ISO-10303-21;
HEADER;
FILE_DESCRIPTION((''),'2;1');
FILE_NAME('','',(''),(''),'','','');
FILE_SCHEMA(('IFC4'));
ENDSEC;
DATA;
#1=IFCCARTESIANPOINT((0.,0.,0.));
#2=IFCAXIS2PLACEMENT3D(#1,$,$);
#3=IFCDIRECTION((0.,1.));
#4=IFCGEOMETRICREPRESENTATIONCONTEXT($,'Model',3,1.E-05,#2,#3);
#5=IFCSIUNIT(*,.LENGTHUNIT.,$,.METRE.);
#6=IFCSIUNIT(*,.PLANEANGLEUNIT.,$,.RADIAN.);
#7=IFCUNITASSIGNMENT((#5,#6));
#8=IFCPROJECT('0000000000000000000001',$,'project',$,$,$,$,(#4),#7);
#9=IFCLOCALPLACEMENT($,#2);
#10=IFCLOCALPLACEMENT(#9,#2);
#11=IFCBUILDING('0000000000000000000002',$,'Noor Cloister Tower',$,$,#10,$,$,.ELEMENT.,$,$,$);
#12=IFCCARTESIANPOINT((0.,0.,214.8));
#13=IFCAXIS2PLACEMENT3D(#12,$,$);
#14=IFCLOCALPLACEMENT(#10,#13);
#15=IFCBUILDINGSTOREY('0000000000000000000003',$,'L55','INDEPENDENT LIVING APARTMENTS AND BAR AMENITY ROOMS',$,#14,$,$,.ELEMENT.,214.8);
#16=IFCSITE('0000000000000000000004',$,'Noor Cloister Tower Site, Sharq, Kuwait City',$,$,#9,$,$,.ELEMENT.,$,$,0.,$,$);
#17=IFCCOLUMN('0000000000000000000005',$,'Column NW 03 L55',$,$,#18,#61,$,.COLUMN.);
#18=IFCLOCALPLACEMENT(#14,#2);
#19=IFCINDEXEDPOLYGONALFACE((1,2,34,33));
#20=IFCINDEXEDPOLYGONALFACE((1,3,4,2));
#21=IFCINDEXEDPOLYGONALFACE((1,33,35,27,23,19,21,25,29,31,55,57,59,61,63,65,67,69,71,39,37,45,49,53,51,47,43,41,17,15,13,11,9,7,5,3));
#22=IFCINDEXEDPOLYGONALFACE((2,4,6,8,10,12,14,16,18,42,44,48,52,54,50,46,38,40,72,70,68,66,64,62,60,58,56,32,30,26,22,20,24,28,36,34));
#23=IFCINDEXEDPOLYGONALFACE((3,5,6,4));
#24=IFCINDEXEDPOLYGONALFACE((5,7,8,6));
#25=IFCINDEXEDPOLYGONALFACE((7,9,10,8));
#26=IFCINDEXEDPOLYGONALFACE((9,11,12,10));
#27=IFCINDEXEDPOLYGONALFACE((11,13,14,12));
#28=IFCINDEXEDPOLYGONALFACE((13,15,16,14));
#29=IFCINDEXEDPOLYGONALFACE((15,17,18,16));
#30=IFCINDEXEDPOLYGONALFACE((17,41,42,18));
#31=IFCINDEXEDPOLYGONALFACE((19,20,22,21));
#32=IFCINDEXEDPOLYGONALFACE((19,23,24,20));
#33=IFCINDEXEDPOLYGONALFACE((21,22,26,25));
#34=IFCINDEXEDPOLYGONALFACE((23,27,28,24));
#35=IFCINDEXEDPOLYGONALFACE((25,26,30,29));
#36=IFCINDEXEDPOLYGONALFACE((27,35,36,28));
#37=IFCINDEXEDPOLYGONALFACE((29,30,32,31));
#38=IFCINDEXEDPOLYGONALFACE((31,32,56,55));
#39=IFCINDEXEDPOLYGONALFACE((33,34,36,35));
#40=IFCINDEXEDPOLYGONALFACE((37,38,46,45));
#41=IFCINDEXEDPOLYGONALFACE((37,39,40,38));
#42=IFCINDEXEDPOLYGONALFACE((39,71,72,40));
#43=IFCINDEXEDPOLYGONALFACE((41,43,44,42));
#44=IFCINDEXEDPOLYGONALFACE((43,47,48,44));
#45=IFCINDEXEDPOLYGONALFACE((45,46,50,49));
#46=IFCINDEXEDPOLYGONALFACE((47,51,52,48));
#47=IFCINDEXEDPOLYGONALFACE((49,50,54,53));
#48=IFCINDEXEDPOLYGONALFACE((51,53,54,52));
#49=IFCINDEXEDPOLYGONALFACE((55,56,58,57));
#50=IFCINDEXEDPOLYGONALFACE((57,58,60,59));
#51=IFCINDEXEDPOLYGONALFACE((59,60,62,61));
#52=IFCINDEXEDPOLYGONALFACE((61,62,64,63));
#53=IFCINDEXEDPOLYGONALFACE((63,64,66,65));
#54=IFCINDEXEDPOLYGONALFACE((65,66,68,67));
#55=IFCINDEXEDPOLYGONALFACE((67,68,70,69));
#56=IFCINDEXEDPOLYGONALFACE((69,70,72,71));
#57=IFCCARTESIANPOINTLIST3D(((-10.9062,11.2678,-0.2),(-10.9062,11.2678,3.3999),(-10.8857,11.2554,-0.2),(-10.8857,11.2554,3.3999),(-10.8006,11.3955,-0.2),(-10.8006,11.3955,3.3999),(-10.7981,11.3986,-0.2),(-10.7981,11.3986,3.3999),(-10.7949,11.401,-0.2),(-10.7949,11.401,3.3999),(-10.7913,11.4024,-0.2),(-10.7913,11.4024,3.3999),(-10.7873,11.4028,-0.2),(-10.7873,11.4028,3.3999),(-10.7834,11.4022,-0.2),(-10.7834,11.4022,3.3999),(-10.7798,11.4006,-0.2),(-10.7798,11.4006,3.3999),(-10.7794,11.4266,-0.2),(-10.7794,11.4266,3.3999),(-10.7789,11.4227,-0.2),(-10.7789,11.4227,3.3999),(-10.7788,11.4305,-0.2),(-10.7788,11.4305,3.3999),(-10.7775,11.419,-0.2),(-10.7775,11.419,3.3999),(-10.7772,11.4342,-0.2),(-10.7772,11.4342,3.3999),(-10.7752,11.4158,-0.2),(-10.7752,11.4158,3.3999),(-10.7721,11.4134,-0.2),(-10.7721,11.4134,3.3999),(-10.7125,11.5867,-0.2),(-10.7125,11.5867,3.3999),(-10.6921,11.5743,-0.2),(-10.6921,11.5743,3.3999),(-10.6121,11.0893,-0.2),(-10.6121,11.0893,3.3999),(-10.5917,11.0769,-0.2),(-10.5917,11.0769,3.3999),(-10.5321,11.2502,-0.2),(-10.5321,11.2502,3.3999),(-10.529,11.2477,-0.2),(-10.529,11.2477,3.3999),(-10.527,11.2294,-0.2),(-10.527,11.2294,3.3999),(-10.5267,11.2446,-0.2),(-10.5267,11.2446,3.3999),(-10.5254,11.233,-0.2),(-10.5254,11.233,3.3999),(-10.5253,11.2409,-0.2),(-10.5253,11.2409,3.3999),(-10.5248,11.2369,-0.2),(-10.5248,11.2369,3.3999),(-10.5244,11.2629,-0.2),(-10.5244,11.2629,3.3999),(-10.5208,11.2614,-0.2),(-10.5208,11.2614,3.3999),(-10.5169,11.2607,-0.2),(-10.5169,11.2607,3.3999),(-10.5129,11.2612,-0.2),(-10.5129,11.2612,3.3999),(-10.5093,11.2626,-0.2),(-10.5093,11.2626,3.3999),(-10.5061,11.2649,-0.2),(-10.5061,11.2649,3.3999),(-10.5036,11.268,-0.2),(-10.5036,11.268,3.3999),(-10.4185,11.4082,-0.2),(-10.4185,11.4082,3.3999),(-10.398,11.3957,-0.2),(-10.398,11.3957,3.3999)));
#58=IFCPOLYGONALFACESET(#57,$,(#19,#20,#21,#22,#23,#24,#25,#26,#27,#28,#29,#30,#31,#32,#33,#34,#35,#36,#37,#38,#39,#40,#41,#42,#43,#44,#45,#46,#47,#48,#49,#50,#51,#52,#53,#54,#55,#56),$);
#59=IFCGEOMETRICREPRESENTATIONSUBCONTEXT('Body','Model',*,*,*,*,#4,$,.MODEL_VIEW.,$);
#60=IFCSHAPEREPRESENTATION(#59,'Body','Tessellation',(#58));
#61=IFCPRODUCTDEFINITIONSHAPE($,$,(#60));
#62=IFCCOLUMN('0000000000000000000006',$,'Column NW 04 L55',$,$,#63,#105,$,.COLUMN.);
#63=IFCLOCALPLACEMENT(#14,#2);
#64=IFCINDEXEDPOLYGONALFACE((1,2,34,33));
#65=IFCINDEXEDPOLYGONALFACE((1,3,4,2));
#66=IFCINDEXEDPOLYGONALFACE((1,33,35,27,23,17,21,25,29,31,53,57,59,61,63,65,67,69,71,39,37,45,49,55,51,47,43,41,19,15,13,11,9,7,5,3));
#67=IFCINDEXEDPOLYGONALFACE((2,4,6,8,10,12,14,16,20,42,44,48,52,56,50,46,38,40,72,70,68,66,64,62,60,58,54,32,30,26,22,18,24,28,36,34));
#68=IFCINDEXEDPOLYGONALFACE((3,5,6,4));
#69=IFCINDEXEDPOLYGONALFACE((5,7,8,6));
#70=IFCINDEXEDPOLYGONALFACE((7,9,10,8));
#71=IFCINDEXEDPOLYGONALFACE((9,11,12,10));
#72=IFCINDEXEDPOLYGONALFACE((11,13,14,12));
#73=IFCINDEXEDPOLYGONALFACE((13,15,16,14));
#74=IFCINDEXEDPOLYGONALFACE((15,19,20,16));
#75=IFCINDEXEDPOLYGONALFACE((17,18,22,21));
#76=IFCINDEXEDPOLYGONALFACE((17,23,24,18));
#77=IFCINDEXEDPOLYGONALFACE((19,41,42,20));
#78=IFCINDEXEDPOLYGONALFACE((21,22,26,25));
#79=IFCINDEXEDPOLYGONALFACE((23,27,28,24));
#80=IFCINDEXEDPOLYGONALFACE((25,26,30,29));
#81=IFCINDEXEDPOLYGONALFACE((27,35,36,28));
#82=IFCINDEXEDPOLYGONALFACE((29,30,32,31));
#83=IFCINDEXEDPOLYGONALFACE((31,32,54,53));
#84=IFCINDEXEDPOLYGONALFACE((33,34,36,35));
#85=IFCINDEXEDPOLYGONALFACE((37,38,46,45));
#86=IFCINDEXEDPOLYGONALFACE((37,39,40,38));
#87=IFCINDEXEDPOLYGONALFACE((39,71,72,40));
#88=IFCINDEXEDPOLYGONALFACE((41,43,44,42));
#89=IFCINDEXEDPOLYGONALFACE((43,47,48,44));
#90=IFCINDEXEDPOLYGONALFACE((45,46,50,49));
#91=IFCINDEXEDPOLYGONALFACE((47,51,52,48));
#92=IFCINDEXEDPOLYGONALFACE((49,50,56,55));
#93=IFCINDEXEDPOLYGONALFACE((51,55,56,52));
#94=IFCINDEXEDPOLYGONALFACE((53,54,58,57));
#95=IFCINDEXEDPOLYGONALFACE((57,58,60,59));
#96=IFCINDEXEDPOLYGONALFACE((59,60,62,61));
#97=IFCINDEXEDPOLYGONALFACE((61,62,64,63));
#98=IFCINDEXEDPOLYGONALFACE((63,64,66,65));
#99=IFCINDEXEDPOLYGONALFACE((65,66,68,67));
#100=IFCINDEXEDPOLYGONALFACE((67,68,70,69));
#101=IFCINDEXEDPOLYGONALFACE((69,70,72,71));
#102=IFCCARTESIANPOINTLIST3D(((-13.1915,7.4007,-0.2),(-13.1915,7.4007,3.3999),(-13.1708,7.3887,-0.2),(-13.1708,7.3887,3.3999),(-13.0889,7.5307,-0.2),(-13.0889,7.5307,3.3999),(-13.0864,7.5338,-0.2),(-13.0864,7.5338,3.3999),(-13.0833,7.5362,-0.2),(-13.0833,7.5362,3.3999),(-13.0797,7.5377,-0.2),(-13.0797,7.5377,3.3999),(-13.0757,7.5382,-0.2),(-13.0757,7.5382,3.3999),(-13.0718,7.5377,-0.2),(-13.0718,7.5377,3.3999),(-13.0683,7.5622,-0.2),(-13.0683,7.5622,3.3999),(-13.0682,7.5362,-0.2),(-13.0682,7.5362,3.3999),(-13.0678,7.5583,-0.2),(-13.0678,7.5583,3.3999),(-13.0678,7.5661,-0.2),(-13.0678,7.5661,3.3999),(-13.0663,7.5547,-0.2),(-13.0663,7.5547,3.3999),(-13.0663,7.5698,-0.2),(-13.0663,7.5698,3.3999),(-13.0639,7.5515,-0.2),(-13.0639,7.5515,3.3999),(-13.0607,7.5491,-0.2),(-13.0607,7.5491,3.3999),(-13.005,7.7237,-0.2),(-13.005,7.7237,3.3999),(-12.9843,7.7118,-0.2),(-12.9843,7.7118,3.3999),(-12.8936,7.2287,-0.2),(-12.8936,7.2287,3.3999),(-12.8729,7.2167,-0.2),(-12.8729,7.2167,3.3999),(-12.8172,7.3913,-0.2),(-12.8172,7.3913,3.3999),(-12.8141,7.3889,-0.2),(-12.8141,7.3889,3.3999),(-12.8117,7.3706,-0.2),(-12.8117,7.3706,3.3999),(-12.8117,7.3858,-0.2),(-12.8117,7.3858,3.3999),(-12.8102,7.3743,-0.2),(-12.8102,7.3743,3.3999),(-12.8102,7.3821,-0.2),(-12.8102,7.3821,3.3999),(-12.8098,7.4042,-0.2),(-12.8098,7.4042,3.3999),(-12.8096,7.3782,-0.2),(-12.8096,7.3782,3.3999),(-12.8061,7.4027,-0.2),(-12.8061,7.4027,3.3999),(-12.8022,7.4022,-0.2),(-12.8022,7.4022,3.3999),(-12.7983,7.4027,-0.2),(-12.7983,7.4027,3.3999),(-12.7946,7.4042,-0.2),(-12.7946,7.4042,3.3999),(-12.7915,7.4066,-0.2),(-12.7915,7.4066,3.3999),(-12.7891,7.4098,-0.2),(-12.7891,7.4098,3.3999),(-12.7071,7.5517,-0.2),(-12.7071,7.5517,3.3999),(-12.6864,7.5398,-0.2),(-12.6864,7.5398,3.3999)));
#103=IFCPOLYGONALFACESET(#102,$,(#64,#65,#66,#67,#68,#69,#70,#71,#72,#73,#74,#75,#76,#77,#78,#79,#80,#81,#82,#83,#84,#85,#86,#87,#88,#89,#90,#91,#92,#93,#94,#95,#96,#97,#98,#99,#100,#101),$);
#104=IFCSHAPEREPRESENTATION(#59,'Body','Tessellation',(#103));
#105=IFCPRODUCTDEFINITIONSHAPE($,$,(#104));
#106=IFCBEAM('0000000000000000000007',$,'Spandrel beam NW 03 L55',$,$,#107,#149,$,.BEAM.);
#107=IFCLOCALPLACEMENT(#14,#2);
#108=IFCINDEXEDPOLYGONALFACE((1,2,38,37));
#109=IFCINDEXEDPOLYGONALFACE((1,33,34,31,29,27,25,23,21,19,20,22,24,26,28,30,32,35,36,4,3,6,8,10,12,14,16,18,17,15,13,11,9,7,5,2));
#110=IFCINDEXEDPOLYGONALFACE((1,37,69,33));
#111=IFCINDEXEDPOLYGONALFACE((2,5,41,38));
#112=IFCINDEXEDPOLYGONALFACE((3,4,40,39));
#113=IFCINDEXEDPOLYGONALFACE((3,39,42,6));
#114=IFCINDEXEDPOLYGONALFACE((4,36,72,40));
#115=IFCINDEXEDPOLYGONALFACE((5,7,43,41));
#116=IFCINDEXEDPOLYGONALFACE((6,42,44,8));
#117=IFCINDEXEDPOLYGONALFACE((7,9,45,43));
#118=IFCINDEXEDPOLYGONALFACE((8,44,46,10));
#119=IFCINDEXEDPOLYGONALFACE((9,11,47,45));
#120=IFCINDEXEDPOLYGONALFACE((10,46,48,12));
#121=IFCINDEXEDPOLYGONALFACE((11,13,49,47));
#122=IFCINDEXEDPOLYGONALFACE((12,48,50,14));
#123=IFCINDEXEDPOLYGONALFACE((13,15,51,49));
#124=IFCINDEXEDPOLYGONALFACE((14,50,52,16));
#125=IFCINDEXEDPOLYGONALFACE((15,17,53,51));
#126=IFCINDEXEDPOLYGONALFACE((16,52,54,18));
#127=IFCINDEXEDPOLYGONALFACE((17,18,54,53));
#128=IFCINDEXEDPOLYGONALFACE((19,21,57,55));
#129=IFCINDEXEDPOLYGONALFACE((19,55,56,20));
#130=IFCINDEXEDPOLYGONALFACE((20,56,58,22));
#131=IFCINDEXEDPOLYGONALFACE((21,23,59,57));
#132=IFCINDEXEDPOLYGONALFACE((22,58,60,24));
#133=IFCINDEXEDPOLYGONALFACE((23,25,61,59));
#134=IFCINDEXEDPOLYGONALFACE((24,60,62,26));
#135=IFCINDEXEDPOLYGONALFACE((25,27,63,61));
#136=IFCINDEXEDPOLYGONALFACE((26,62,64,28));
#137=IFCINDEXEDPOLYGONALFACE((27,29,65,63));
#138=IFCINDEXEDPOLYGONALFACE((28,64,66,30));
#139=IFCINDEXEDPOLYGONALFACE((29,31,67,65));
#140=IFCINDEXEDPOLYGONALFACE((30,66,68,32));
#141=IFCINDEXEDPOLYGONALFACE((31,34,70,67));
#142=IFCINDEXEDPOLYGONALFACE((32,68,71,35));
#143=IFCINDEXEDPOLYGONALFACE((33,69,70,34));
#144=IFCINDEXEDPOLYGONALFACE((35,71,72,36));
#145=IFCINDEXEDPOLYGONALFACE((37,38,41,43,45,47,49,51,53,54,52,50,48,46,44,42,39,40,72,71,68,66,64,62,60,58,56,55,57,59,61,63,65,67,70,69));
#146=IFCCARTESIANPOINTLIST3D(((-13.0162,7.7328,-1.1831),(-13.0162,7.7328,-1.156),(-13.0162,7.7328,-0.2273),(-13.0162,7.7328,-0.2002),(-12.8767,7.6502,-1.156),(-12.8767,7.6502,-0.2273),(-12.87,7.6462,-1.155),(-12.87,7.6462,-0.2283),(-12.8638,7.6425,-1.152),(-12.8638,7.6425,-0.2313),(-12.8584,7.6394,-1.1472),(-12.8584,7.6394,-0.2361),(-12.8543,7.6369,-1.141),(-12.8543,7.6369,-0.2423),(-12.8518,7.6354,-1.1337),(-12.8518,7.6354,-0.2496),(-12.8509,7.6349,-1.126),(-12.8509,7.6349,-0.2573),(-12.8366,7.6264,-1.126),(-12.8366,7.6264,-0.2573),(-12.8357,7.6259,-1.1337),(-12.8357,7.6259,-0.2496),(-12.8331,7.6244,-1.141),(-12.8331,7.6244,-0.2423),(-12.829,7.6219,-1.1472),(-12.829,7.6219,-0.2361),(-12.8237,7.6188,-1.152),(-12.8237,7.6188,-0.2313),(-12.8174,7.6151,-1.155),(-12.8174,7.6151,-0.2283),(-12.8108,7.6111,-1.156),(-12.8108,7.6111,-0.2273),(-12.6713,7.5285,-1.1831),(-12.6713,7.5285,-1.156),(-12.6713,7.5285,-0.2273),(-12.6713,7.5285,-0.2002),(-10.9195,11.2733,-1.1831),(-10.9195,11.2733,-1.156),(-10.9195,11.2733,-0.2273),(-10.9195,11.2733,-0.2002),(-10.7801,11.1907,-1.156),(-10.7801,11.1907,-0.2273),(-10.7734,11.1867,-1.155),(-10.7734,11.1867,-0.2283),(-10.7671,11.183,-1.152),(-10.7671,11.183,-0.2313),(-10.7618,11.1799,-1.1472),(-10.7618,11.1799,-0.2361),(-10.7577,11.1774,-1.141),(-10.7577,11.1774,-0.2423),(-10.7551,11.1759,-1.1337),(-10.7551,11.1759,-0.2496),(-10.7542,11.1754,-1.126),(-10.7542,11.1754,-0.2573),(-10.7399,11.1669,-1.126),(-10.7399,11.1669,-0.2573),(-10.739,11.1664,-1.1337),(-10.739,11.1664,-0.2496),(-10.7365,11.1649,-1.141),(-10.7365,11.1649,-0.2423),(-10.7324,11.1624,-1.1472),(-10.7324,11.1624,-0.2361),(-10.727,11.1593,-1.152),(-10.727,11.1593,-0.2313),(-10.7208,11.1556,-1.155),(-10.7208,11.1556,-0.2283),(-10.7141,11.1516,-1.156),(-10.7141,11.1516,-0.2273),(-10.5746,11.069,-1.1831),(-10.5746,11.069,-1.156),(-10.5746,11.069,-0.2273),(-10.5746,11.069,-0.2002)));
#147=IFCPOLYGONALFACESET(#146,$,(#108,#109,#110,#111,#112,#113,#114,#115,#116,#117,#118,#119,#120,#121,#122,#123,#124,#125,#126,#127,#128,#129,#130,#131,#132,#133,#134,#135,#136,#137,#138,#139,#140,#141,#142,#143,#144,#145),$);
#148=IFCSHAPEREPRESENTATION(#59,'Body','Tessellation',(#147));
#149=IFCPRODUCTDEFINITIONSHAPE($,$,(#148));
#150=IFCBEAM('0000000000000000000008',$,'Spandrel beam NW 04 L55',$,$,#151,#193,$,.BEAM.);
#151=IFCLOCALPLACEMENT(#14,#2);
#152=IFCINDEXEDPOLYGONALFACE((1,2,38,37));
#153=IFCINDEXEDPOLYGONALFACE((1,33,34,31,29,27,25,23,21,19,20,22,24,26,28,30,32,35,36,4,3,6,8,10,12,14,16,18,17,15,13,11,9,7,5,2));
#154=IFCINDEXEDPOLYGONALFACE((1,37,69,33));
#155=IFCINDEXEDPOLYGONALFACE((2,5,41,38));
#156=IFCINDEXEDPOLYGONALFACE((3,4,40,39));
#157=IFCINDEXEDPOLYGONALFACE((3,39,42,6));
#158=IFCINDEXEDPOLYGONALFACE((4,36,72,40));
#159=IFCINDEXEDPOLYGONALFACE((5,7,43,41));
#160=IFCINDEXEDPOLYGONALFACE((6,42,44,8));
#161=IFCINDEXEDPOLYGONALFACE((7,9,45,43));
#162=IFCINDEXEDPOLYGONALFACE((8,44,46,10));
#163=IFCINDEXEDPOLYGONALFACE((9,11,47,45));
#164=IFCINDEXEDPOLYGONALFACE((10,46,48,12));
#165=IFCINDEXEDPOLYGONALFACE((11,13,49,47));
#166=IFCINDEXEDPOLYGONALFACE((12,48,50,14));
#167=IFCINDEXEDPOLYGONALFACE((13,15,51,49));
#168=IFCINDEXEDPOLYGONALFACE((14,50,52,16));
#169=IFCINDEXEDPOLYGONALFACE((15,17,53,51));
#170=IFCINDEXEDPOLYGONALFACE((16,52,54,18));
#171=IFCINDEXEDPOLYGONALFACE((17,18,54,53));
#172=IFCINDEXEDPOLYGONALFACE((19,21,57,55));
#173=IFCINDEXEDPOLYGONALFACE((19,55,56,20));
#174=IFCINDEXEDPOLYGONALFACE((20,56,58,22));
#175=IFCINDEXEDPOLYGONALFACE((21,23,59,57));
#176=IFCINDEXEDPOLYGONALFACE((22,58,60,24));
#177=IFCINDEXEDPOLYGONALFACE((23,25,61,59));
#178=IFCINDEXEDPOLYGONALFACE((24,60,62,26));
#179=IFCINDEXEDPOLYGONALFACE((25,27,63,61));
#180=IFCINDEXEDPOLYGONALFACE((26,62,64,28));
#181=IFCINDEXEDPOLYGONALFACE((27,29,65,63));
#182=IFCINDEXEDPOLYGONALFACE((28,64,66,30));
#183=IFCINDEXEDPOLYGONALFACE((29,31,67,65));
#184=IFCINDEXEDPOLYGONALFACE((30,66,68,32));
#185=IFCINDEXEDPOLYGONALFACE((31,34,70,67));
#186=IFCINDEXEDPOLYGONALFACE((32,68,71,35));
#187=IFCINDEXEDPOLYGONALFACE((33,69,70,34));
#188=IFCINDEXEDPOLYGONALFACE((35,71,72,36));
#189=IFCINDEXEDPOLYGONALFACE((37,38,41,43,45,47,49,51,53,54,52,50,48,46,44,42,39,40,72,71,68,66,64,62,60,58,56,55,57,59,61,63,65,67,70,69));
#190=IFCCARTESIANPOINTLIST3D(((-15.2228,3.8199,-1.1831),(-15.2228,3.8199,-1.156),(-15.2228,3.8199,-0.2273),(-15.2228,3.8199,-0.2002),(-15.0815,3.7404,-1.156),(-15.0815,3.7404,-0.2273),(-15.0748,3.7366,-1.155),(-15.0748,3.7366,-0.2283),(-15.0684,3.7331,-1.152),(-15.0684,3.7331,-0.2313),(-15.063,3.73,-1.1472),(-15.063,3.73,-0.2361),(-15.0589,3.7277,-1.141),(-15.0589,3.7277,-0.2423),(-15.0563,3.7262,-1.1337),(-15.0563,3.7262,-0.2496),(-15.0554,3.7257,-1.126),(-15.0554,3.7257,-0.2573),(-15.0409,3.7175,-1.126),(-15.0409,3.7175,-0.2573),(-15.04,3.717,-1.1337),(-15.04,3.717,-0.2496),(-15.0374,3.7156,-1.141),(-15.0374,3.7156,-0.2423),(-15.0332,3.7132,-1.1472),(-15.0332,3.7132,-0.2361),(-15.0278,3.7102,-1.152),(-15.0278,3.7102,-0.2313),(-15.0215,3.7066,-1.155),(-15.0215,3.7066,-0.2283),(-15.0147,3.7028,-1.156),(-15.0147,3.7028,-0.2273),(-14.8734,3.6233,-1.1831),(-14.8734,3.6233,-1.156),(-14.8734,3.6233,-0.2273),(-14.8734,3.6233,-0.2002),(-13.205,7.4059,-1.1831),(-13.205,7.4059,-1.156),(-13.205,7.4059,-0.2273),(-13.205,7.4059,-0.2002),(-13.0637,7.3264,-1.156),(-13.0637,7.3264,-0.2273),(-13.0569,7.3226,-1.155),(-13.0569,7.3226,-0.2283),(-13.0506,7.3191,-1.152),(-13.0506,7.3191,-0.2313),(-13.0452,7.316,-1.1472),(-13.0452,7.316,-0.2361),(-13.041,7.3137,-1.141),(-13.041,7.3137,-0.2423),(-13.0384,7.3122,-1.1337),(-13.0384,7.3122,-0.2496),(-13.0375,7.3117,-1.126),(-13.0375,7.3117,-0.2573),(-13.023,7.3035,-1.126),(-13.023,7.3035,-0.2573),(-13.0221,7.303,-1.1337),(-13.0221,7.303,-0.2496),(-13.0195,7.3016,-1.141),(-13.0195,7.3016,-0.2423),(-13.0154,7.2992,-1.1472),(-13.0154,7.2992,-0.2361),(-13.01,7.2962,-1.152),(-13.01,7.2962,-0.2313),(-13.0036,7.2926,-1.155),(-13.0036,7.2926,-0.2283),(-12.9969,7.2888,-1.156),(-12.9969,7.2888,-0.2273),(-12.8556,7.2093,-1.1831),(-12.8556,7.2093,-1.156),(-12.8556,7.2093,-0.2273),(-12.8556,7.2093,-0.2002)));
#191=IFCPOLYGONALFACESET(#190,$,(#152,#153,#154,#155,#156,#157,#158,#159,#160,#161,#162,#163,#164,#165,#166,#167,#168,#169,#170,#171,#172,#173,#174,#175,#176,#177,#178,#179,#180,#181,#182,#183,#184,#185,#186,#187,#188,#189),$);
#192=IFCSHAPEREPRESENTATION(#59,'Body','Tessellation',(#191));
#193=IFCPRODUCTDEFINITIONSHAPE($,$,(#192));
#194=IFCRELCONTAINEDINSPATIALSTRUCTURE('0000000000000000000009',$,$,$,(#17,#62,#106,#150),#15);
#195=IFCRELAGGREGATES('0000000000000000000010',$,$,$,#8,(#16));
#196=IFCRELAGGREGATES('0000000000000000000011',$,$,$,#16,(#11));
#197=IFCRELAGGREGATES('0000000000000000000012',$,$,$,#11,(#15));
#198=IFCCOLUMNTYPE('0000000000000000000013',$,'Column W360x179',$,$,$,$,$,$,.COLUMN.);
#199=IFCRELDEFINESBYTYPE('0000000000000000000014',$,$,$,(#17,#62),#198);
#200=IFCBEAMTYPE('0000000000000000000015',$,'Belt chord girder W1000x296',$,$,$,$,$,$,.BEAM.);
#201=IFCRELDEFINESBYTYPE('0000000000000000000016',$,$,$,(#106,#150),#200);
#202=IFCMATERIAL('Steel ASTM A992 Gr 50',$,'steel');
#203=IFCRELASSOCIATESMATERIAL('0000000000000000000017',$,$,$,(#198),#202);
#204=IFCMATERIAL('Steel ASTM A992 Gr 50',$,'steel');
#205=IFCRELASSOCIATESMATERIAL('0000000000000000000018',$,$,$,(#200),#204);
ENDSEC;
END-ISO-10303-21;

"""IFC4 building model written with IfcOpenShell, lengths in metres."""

from ifc_helpers import new_model, si_unit, direction, frame, origin, origin_2d, place, context, subcontext, project, spatial, i_section, extrude, material, material_profile, profile_set, type_object, element, save


model = new_model("IFC4")

# Units and contexts
model_context = context("Model", 3, precision=1e-05, world=origin(), true_north=direction((0.0, 1.0)))
body_context = subcontext(model_context, "Body", "Model", "MODEL_VIEW")
ifc_project = project(units=[si_unit("LENGTHUNIT", "METRE"), si_unit("PLANEANGLEUNIT", "RADIAN")], contexts=[model_context])

# Site, building, storey
site_placement = place(None, origin())
site = spatial("IfcSite", under=ifc_project, at=site_placement, Name="Noor Cloister Tower Site, Sharq, Kuwait City", CompositionType="ELEMENT", RefElevation=0.0)
building_placement = place(site_placement, origin())
building = spatial("IfcBuilding", under=site, at=building_placement, Name="Noor Cloister Tower", CompositionType="ELEMENT")
storey_placement = place(building_placement, frame((0.0, 0.0, 214.8)))
storey = spatial("IfcBuildingStorey", under=building, at=storey_placement, Name="L55", Description="INDEPENDENT LIVING APARTMENTS AND BAR AMENITY ROOMS", CompositionType="ELEMENT", Elevation=214.8)

# Columns
ifc_material_1 = material(Name="Steel ASTM A992 Gr 50", Category="steel")
ifc_material_profile_1 = material_profile(ifc_material_1, i_section(OverallWidth=0.373, OverallDepth=0.3679, WebThickness=0.0149, FlangeThickness=0.0239, FilletRadius=0.0151, at=origin_2d()), Name="W360x179")
ifc_profile_set_1 = profile_set([ifc_material_profile_1], Name="Steel ASTM A992 Gr 50")
column_type = type_object("IfcColumnType", Name="Column W360x179", PredefinedType="COLUMN", material=ifc_profile_set_1)
for number, where, z_axis, x_axis, name in (
    (1, (-10.6521, 11.3318, -0.2), (0.0, 0.0, 1.0), (-0.519044, -0.854747, 0.0), "Column NW 03 L55"),
    (2, (-12.939, 7.4702, -0.2), (0.0, 0.0, 1.0), (-0.5, -0.866025, 0.0), "Column NW 04 L55"),
):
    element("IfcColumn", number, at=place(storey_placement, frame(where, z_axis=z_axis, x_axis=x_axis)), inside=storey, type_object=column_type, Name=name, PredefinedType="COLUMN", context=body_context, shape_type="SweptSolid", body=[
        extrude(i_section(OverallWidth=0.373, OverallDepth=0.3679, WebThickness=0.0149, FlangeThickness=0.0239, FilletRadius=0.0151, at=origin_2d()), origin(), (0.0, 0.0, 1.0), 3.5999),
    ])

# Beams
ifc_material_2 = material(Name="Steel ASTM A992 Gr 50", Category="steel")
ifc_material_profile_2 = material_profile(ifc_material_2, i_section(OverallWidth=0.4009, OverallDepth=0.9829, WebThickness=0.0166, FlangeThickness=0.0271, FilletRadius=0.03, at=origin_2d()), Name="W1000x296")
ifc_profile_set_2 = profile_set([ifc_material_profile_2], Name="Steel ASTM A992 Gr 50")
beam_type_1 = type_object("IfcBeamType", Name="Belt chord girder W1000x296", PredefinedType="BEAM", material=ifc_profile_set_2)
for number, where, z_axis, x_axis, name in (
    (3, (-10.7471, 11.1711, -0.6917), (-0.509549, -0.860442, 0.0), (0.860442, -0.509549, 0.0), "Spandrel beam NW 03 L55"),
    (4, (-13.0303, 7.3076, -0.6917), (-0.490396, -0.871499, 0.0), (0.871499, -0.490396, 0.0), "Spandrel beam NW 04 L55"),
):
    element("IfcBeam", number, at=place(storey_placement, frame(where, z_axis=z_axis, x_axis=x_axis)), inside=storey, type_object=beam_type_1, Name=name, PredefinedType="BEAM", context=body_context, shape_type="SweptSolid", body=[
        extrude(i_section(OverallWidth=0.4009, OverallDepth=0.9829, WebThickness=0.0166, FlangeThickness=0.0271, FilletRadius=0.03, at=origin_2d()), origin(), (0.0, 0.0, 1.0), 4.1147),
    ])

save(model, "model.ifc")
